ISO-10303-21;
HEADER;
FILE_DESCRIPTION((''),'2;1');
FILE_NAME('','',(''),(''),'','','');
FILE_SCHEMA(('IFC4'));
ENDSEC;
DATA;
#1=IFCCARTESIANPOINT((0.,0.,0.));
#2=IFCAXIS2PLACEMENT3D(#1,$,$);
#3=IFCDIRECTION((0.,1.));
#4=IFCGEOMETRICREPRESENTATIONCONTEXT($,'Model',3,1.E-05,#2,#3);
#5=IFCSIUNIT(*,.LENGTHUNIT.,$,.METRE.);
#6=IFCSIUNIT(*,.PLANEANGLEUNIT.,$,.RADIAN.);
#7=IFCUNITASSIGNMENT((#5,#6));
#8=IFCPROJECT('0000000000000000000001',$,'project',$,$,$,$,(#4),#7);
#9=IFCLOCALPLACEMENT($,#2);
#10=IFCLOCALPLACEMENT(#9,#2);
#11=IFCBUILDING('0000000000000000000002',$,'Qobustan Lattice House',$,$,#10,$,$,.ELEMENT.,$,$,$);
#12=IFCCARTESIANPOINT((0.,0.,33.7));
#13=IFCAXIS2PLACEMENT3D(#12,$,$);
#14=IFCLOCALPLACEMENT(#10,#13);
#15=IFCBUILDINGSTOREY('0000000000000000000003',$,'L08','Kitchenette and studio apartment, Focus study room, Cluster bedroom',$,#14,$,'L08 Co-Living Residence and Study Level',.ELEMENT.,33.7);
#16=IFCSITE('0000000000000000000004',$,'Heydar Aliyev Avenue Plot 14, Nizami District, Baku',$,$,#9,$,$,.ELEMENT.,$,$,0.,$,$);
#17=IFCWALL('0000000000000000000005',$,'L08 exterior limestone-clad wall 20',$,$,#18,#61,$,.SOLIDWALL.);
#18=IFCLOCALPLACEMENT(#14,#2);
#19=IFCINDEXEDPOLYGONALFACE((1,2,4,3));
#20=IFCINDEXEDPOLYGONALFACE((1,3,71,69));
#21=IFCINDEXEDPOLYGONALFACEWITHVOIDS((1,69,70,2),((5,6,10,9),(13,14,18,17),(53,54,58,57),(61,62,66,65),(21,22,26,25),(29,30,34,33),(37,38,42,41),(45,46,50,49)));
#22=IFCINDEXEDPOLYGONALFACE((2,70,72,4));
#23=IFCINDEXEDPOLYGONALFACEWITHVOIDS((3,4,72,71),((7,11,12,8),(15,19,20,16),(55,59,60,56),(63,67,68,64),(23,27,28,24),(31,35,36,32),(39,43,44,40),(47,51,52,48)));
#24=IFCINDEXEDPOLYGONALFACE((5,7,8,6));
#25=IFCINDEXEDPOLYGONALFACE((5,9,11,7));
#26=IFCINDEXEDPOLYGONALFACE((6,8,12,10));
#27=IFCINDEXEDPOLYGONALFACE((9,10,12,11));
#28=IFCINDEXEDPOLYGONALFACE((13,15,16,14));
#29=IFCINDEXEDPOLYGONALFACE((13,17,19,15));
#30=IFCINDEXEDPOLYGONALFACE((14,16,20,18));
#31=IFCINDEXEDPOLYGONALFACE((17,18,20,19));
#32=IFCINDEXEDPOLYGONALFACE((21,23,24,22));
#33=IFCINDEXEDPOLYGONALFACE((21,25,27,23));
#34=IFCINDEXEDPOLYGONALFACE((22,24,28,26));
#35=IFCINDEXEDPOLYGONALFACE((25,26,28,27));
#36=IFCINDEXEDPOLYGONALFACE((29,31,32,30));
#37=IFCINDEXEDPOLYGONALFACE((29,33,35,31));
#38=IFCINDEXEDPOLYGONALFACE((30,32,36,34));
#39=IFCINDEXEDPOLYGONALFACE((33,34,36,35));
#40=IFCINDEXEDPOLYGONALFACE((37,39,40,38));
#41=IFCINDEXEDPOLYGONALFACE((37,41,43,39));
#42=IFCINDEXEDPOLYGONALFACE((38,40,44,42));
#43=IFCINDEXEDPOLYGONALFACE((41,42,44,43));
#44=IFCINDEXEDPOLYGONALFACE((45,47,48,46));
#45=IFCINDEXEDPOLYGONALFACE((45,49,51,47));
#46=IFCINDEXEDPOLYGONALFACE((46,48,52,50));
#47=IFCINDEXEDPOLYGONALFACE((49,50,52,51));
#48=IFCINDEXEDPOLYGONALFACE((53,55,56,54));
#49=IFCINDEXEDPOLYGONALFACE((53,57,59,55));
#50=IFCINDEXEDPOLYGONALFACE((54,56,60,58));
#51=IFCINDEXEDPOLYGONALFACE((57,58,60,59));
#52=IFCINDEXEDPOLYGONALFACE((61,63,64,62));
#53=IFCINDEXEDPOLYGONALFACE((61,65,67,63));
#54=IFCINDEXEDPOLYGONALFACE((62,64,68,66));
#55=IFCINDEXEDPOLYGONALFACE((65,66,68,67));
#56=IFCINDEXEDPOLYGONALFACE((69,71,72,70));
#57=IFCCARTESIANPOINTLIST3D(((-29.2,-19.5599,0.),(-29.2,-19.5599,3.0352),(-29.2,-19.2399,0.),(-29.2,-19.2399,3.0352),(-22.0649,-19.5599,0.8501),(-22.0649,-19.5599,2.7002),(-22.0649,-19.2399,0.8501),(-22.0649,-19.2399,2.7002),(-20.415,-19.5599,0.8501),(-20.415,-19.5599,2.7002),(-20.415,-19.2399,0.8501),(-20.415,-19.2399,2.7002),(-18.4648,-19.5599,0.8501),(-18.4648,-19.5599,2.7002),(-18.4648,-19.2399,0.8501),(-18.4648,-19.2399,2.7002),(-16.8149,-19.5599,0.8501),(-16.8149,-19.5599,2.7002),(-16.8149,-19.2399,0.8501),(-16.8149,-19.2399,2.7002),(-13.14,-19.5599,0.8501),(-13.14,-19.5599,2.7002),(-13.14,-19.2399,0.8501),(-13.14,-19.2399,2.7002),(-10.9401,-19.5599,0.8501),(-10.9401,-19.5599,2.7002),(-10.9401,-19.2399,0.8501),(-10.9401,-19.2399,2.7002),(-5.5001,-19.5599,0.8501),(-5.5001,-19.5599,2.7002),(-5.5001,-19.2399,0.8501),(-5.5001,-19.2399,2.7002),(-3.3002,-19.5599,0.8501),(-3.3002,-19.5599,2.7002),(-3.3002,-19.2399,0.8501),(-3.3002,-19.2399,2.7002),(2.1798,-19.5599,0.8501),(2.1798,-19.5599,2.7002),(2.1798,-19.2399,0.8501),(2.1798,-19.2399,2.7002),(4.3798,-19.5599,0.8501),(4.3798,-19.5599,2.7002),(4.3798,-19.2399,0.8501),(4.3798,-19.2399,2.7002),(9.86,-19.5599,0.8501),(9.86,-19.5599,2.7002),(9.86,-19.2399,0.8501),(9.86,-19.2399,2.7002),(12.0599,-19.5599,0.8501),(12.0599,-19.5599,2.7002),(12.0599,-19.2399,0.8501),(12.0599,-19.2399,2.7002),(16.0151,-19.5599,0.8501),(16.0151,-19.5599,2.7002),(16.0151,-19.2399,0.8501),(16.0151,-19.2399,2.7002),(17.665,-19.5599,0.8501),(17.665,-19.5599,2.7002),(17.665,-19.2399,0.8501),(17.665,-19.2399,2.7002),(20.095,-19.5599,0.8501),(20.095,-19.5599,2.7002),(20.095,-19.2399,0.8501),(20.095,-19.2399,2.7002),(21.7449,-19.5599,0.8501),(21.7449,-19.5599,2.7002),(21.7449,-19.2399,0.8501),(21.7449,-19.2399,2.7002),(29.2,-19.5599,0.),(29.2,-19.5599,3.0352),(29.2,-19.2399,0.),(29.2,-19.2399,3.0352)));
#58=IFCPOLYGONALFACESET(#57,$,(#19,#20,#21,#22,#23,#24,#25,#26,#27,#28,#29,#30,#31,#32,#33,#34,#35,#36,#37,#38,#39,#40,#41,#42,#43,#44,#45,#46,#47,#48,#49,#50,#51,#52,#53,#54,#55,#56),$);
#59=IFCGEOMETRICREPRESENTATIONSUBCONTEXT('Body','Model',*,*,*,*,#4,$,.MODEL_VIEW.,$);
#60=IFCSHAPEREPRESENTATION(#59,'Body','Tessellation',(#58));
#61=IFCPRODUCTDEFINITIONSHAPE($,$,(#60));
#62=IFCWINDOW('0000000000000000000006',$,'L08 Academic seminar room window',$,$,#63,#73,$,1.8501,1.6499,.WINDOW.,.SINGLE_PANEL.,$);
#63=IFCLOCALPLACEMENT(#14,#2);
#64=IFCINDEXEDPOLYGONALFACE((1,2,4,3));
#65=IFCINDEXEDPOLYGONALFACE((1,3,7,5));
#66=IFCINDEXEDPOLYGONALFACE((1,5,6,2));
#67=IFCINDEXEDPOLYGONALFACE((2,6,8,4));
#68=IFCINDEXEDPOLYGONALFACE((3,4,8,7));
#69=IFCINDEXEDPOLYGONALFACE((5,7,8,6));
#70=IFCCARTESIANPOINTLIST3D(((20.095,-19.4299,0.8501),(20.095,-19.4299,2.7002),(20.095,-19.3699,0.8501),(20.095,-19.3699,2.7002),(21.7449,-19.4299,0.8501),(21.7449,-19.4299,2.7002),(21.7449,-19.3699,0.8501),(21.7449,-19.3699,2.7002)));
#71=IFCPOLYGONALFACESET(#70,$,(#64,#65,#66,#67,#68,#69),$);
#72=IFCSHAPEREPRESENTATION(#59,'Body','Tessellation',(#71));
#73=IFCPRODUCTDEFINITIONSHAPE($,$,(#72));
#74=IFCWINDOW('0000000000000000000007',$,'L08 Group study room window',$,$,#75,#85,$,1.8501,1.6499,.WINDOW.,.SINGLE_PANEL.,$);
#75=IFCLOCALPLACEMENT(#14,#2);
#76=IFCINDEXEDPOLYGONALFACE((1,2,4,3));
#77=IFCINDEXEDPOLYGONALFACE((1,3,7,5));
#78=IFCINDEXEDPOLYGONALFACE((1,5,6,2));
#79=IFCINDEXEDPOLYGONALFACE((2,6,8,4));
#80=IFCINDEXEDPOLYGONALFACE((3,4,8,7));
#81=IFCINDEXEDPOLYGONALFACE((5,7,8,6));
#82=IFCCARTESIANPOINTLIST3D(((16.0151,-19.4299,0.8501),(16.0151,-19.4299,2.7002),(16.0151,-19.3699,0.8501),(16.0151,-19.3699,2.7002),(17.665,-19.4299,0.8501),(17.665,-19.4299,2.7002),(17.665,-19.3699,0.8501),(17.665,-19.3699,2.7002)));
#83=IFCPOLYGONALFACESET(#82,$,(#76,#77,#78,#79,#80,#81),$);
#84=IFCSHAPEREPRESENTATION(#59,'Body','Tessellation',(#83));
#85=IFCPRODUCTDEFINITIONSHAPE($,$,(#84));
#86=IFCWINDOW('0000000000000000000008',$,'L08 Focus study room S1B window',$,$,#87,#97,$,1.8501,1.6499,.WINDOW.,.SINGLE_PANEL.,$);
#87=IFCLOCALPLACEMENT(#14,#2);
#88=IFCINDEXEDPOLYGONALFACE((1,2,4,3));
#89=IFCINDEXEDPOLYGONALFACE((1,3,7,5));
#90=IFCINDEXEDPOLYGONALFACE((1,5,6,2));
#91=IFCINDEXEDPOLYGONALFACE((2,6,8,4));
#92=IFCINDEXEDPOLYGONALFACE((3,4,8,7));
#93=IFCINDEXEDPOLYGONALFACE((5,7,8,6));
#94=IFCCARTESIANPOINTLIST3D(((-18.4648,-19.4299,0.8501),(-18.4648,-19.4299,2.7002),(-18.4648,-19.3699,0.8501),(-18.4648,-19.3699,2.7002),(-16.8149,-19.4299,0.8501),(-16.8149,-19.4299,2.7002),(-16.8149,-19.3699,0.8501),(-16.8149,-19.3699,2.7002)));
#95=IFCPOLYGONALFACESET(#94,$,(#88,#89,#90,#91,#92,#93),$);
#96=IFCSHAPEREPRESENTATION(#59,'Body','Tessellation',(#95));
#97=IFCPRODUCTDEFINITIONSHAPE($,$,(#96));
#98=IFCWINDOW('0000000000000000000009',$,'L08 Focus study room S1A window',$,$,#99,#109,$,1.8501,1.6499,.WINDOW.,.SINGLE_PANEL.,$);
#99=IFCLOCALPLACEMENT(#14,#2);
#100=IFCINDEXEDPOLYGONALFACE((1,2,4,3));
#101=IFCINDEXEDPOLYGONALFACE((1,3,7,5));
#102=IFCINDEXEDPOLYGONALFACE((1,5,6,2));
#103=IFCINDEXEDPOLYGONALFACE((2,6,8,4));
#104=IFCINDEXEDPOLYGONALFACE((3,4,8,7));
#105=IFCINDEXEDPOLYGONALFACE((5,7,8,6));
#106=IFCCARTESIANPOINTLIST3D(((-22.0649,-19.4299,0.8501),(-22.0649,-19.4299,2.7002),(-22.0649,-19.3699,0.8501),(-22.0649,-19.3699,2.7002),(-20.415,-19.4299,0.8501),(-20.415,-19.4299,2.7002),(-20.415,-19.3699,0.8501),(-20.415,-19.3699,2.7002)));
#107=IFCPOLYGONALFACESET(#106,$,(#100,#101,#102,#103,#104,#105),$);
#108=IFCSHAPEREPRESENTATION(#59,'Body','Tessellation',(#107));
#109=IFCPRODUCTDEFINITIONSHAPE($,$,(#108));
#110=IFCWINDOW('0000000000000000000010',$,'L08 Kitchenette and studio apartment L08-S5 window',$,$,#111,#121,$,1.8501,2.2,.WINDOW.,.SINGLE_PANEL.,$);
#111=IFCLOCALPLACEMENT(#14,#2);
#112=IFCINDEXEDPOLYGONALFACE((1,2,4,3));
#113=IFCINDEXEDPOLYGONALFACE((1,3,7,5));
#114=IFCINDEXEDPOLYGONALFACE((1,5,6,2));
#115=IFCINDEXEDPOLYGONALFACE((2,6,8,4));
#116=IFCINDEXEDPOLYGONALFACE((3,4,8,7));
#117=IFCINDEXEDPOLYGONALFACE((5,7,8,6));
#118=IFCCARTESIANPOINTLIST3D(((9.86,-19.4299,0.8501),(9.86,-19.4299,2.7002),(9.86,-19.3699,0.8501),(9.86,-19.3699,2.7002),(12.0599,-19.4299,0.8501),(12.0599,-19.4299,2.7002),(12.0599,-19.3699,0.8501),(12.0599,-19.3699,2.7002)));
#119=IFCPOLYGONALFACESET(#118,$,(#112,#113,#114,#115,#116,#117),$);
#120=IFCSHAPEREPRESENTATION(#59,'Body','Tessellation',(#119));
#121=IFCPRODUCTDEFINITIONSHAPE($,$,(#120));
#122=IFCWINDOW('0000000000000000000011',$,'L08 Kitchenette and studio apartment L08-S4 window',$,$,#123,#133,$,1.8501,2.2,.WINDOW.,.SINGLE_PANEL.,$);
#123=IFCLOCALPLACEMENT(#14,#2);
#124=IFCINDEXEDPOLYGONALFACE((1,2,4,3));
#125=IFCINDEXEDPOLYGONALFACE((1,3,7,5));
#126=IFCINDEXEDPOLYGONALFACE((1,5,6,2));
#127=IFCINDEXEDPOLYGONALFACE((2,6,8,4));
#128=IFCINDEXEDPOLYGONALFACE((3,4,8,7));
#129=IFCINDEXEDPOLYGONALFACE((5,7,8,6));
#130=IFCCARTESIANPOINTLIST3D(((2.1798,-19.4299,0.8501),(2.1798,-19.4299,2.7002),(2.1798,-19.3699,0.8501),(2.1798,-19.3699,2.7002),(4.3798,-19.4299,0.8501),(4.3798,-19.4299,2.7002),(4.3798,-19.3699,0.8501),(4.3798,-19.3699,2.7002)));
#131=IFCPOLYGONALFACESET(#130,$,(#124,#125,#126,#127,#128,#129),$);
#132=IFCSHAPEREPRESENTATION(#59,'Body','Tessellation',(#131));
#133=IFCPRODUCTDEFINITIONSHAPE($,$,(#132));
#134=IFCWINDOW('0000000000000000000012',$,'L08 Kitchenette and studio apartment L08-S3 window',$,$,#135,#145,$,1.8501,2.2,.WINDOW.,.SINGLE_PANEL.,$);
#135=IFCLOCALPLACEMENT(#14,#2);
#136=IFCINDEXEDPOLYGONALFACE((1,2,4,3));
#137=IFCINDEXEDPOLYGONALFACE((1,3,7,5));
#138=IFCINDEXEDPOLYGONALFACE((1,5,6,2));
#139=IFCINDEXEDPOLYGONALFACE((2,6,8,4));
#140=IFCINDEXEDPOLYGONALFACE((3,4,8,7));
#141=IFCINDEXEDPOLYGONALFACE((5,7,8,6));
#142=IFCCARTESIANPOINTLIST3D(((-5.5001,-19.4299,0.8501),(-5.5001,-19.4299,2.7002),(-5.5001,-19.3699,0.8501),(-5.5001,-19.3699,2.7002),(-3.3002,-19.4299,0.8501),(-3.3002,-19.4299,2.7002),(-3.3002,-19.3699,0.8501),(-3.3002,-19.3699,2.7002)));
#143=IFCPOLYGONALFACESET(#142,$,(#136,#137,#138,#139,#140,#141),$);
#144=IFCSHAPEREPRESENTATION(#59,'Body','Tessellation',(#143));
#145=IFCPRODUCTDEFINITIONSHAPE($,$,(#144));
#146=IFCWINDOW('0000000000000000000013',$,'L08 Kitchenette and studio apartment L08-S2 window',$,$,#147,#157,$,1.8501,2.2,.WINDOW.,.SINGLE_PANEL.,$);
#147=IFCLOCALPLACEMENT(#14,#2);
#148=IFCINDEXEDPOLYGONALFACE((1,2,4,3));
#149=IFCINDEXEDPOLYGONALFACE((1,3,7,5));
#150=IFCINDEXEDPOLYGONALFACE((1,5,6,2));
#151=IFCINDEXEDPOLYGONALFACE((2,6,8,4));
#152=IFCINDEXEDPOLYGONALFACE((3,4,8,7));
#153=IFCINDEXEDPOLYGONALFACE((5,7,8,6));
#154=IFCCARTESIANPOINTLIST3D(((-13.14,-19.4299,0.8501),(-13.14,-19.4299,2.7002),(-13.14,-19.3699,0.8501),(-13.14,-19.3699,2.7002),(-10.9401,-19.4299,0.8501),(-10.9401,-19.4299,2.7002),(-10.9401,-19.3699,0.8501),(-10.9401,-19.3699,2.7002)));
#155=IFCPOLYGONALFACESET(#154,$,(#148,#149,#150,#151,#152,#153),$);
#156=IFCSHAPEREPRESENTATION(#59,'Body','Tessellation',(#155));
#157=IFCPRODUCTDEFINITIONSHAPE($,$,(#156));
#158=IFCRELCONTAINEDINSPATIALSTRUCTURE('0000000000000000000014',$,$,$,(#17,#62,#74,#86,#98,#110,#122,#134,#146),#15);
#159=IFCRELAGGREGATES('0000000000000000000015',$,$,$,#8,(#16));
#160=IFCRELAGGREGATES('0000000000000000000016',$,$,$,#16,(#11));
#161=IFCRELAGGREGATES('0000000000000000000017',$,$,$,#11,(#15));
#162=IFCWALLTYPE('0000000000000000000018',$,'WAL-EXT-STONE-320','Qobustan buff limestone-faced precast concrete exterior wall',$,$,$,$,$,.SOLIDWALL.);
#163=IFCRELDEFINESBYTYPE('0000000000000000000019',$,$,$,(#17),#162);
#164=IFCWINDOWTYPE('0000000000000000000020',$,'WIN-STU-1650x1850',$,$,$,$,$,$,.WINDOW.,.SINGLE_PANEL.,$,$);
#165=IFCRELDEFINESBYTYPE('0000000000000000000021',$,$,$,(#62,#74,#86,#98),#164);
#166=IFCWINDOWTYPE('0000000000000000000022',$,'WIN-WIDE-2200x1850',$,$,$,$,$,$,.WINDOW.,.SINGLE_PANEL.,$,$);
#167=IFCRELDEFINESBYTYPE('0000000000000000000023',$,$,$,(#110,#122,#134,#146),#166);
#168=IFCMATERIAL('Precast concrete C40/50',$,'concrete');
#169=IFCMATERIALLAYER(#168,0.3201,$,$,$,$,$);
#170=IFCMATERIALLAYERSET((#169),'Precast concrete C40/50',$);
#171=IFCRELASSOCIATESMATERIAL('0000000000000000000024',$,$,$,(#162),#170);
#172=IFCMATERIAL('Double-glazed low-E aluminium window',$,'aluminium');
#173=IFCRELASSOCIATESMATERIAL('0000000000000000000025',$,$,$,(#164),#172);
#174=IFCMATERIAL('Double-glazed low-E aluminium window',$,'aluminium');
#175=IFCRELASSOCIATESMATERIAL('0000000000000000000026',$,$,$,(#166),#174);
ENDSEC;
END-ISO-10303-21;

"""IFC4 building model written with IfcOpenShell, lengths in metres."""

from ifc_helpers import new_model, si_unit, direction, frame, frame_2d, origin, place, context, subcontext, project, spatial, rectangle, extrude, material, layer, layer_set, type_object, element, fill, save


model = new_model("IFC4")

# Units and contexts
model_context = context("Model", 3, precision=1e-05, world=origin(), true_north=direction((0.0, 1.0)))
body_context = subcontext(model_context, "Body", "Model", "MODEL_VIEW")
ifc_project = project(units=[si_unit("LENGTHUNIT", "METRE"), si_unit("PLANEANGLEUNIT", "RADIAN")], contexts=[model_context])

# Site, building, storey
site_placement = place(None, origin())
site = spatial("IfcSite", under=ifc_project, at=site_placement, Name="Heydar Aliyev Avenue Plot 14, Nizami District, Baku", CompositionType="ELEMENT", RefElevation=0.0)
building_placement = place(site_placement, origin())
building = spatial("IfcBuilding", under=site, at=building_placement, Name="Qobustan Lattice House", CompositionType="ELEMENT")
storey_placement = place(building_placement, frame((0.0, 0.0, 33.7)))
storey = spatial("IfcBuildingStorey", under=building, at=storey_placement, Name="L08", Description="Kitchenette and studio apartment, Focus study room, Cluster bedroom", LongName="L08 Co-Living Residence and Study Level", CompositionType="ELEMENT", Elevation=33.7)

# Shared definitions
ifc_material_1 = material(Name="Precast concrete C40/50", Category="concrete")
ifc_layer_1 = layer(ifc_material_1, 0.3201)
ifc_layer_set_1 = layer_set([ifc_layer_1], Name="Precast concrete C40/50")
wall_type = type_object("IfcWallType", Name="WAL-EXT-STONE-320", Description="Qobustan buff limestone-faced precast concrete exterior wall", PredefinedType="SOLIDWALL", material=ifc_layer_set_1)

# Wall, openings, windows
wall_1_placement = place(storey_placement, frame((29.2, -19.3999, 0.0), z_axis=(0.0, 0.0, 1.0), x_axis=(-1.0, 0.0, 0.0)))
wall_1 = element("IfcWall", 1, at=wall_1_placement, inside=storey, type_object=wall_type, Name="L08 exterior limestone-clad wall 20", PredefinedType="SOLIDWALL", context=body_context, shape_type="SweptSolid", body=[
    extrude(rectangle(XDim=58.3999, YDim=0.3201, at=frame_2d((29.2, 0.0))), origin(), (0.0, 0.0, 1.0), 3.0352),
])
opening_1_placement = place(wall_1_placement, frame((7.4551, 0.0, 0.8501)))
opening_1 = element("IfcOpeningElement", 2, at=opening_1_placement, cuts=wall_1, PredefinedType="OPENING", context=body_context, shape_type="SweptSolid", body=[
    extrude(rectangle(XDim=1.6499, YDim=1.8501, at=frame_2d((0.825, 0.925))), frame((0.0, 0.1699, 0.0), z_axis=(0.0, -1.0, 0.0), x_axis=(1.0, 0.0, 0.0)), (0.0, 0.0, 1.0), 0.3401),
])
opening_2_placement = place(wall_1_placement, frame((11.5349, 0.0, 0.8501)))
opening_2 = element("IfcOpeningElement", 3, at=opening_2_placement, cuts=wall_1, PredefinedType="OPENING", context=body_context, shape_type="SweptSolid", body=[
    extrude(rectangle(XDim=1.6499, YDim=1.8501, at=frame_2d((0.825, 0.925))), frame((0.0, 0.1699, 0.0), z_axis=(0.0, -1.0, 0.0), x_axis=(1.0, 0.0, 0.0)), (0.0, 0.0, 1.0), 0.3401),
])
opening_3_placement = place(wall_1_placement, frame((17.1399, 0.0, 0.8501)))
opening_3 = element("IfcOpeningElement", 4, at=opening_3_placement, cuts=wall_1, PredefinedType="OPENING", context=body_context, shape_type="SweptSolid", body=[
    extrude(rectangle(XDim=2.2, YDim=1.8501, at=frame_2d((1.1001, 0.925))), frame((0.0, 0.1699, 0.0), z_axis=(0.0, -1.0, 0.0), x_axis=(1.0, 0.0, 0.0)), (0.0, 0.0, 1.0), 0.3401),
])
opening_4_placement = place(wall_1_placement, frame((24.8201, 0.0, 0.8501)))
opening_4 = element("IfcOpeningElement", 5, at=opening_4_placement, cuts=wall_1, PredefinedType="OPENING", context=body_context, shape_type="SweptSolid", body=[
    extrude(rectangle(XDim=2.2, YDim=1.8501, at=frame_2d((1.1001, 0.925))), frame((0.0, 0.1699, 0.0), z_axis=(0.0, -1.0, 0.0), x_axis=(1.0, 0.0, 0.0)), (0.0, 0.0, 1.0), 0.3401),
])
opening_5_placement = place(wall_1_placement, frame((32.5, 0.0, 0.8501)))
opening_5 = element("IfcOpeningElement", 6, at=opening_5_placement, cuts=wall_1, PredefinedType="OPENING", context=body_context, shape_type="SweptSolid", body=[
    extrude(rectangle(XDim=2.2, YDim=1.8501, at=frame_2d((1.1001, 0.925))), frame((0.0, 0.1699, 0.0), z_axis=(0.0, -1.0, 0.0), x_axis=(1.0, 0.0, 0.0)), (0.0, 0.0, 1.0), 0.3401),
])
opening_6_placement = place(wall_1_placement, frame((40.1399, 0.0, 0.8501)))
opening_6 = element("IfcOpeningElement", 7, at=opening_6_placement, cuts=wall_1, PredefinedType="OPENING", context=body_context, shape_type="SweptSolid", body=[
    extrude(rectangle(XDim=2.2, YDim=1.8501, at=frame_2d((1.1001, 0.925))), frame((0.0, 0.1699, 0.0), z_axis=(0.0, -1.0, 0.0), x_axis=(1.0, 0.0, 0.0)), (0.0, 0.0, 1.0), 0.3401),
])
opening_7_placement = place(wall_1_placement, frame((46.0149, 0.0, 0.8501)))
opening_7 = element("IfcOpeningElement", 8, at=opening_7_placement, cuts=wall_1, PredefinedType="OPENING", context=body_context, shape_type="SweptSolid", body=[
    extrude(rectangle(XDim=1.6499, YDim=1.8501, at=frame_2d((0.825, 0.925))), frame((0.0, 0.1699, 0.0), z_axis=(0.0, -1.0, 0.0), x_axis=(1.0, 0.0, 0.0)), (0.0, 0.0, 1.0), 0.3401),
])
opening_8_placement = place(wall_1_placement, frame((49.615, 0.0, 0.8501)))
opening_8 = element("IfcOpeningElement", 9, at=opening_8_placement, cuts=wall_1, PredefinedType="OPENING", context=body_context, shape_type="SweptSolid", body=[
    extrude(rectangle(XDim=1.6499, YDim=1.8501, at=frame_2d((0.825, 0.925))), frame((0.0, 0.1699, 0.0), z_axis=(0.0, -1.0, 0.0), x_axis=(1.0, 0.0, 0.0)), (0.0, 0.0, 1.0), 0.3401),
])
ifc_material_2 = material(Name="Double-glazed low-E aluminium window", Category="aluminium")
window_type_1 = type_object("IfcWindowType", Name="WIN-STU-1650x1850", PartitioningType="SINGLE_PANEL", PredefinedType="WINDOW", material=ifc_material_2)
window_1_placement = place(opening_1_placement, origin())
window_1 = element("IfcWindow", 10, at=window_1_placement, inside=storey, type_object=window_type_1, Name="L08 Academic seminar room window", OverallHeight=1.8501, OverallWidth=1.6499, PartitioningType="SINGLE_PANEL", PredefinedType="WINDOW", context=body_context, shape_type="SweptSolid", body=[
    extrude(rectangle(XDim=1.6499, YDim=1.8501, at=frame_2d((0.825, 0.925))), frame((0.0, 0.03, 0.0), z_axis=(0.0, -1.0, 0.0), x_axis=(1.0, 0.0, 0.0)), (0.0, 0.0, 1.0), 0.0601),
])
fill(opening_1, window_1)
window_2_placement = place(opening_2_placement, origin())
window_2 = element("IfcWindow", 11, at=window_2_placement, inside=storey, type_object=window_type_1, Name="L08 Group study room window", OverallHeight=1.8501, OverallWidth=1.6499, PartitioningType="SINGLE_PANEL", PredefinedType="WINDOW", context=body_context, shape_type="SweptSolid", body=[
    extrude(rectangle(XDim=1.6499, YDim=1.8501, at=frame_2d((0.825, 0.925))), frame((0.0, 0.03, 0.0), z_axis=(0.0, -1.0, 0.0), x_axis=(1.0, 0.0, 0.0)), (0.0, 0.0, 1.0), 0.0601),
])
fill(opening_2, window_2)
window_3_placement = place(opening_7_placement, origin())
window_3 = element("IfcWindow", 12, at=window_3_placement, inside=storey, type_object=window_type_1, Name="L08 Focus study room S1B window", OverallHeight=1.8501, OverallWidth=1.6499, PartitioningType="SINGLE_PANEL", PredefinedType="WINDOW", context=body_context, shape_type="SweptSolid", body=[
    extrude(rectangle(XDim=1.6499, YDim=1.8501, at=frame_2d((0.825, 0.925))), frame((0.0, 0.03, 0.0), z_axis=(0.0, -1.0, 0.0), x_axis=(1.0, 0.0, 0.0)), (0.0, 0.0, 1.0), 0.0601),
])
fill(opening_7, window_3)
window_4_placement = place(opening_8_placement, origin())
window_4 = element("IfcWindow", 13, at=window_4_placement, inside=storey, type_object=window_type_1, Name="L08 Focus study room S1A window", OverallHeight=1.8501, OverallWidth=1.6499, PartitioningType="SINGLE_PANEL", PredefinedType="WINDOW", context=body_context, shape_type="SweptSolid", body=[
    extrude(rectangle(XDim=1.6499, YDim=1.8501, at=frame_2d((0.825, 0.925))), frame((0.0, 0.03, 0.0), z_axis=(0.0, -1.0, 0.0), x_axis=(1.0, 0.0, 0.0)), (0.0, 0.0, 1.0), 0.0601),
])
fill(opening_8, window_4)
ifc_material_3 = material(Name="Double-glazed low-E aluminium window", Category="aluminium")
window_type_2 = type_object("IfcWindowType", Name="WIN-WIDE-2200x1850", PartitioningType="SINGLE_PANEL", PredefinedType="WINDOW", material=ifc_material_3)
window_5_placement = place(opening_3_placement, origin())
window_5 = element("IfcWindow", 14, at=window_5_placement, inside=storey, type_object=window_type_2, Name="L08 Kitchenette and studio apartment L08-S5 window", OverallHeight=1.8501, OverallWidth=2.2, PartitioningType="SINGLE_PANEL", PredefinedType="WINDOW", context=body_context, shape_type="SweptSolid", body=[
    extrude(rectangle(XDim=2.2, YDim=1.8501, at=frame_2d((1.1001, 0.925))), frame((0.0, 0.03, 0.0), z_axis=(0.0, -1.0, 0.0), x_axis=(1.0, 0.0, 0.0)), (0.0, 0.0, 1.0), 0.0601),
])
fill(opening_3, window_5)
window_6_placement = place(opening_4_placement, origin())
window_6 = element("IfcWindow", 15, at=window_6_placement, inside=storey, type_object=window_type_2, Name="L08 Kitchenette and studio apartment L08-S4 window", OverallHeight=1.8501, OverallWidth=2.2, PartitioningType="SINGLE_PANEL", PredefinedType="WINDOW", context=body_context, shape_type="SweptSolid", body=[
    extrude(rectangle(XDim=2.2, YDim=1.8501, at=frame_2d((1.1001, 0.925))), frame((0.0, 0.03, 0.0), z_axis=(0.0, -1.0, 0.0), x_axis=(1.0, 0.0, 0.0)), (0.0, 0.0, 1.0), 0.0601),
])
fill(opening_4, window_6)
window_7_placement = place(opening_5_placement, origin())
window_7 = element("IfcWindow", 16, at=window_7_placement, inside=storey, type_object=window_type_2, Name="L08 Kitchenette and studio apartment L08-S3 window", OverallHeight=1.8501, OverallWidth=2.2, PartitioningType="SINGLE_PANEL", PredefinedType="WINDOW", context=body_context, shape_type="SweptSolid", body=[
    extrude(rectangle(XDim=2.2, YDim=1.8501, at=frame_2d((1.1001, 0.925))), frame((0.0, 0.03, 0.0), z_axis=(0.0, -1.0, 0.0), x_axis=(1.0, 0.0, 0.0)), (0.0, 0.0, 1.0), 0.0601),
])
fill(opening_5, window_7)
window_8_placement = place(opening_6_placement, origin())
window_8 = element("IfcWindow", 17, at=window_8_placement, inside=storey, type_object=window_type_2, Name="L08 Kitchenette and studio apartment L08-S2 window", OverallHeight=1.8501, OverallWidth=2.2, PartitioningType="SINGLE_PANEL", PredefinedType="WINDOW", context=body_context, shape_type="SweptSolid", body=[
    extrude(rectangle(XDim=2.2, YDim=1.8501, at=frame_2d((1.1001, 0.925))), frame((0.0, 0.03, 0.0), z_axis=(0.0, -1.0, 0.0), x_axis=(1.0, 0.0, 0.0)), (0.0, 0.0, 1.0), 0.0601),
])
fill(opening_6, window_8)

save(model, "model.ifc")
